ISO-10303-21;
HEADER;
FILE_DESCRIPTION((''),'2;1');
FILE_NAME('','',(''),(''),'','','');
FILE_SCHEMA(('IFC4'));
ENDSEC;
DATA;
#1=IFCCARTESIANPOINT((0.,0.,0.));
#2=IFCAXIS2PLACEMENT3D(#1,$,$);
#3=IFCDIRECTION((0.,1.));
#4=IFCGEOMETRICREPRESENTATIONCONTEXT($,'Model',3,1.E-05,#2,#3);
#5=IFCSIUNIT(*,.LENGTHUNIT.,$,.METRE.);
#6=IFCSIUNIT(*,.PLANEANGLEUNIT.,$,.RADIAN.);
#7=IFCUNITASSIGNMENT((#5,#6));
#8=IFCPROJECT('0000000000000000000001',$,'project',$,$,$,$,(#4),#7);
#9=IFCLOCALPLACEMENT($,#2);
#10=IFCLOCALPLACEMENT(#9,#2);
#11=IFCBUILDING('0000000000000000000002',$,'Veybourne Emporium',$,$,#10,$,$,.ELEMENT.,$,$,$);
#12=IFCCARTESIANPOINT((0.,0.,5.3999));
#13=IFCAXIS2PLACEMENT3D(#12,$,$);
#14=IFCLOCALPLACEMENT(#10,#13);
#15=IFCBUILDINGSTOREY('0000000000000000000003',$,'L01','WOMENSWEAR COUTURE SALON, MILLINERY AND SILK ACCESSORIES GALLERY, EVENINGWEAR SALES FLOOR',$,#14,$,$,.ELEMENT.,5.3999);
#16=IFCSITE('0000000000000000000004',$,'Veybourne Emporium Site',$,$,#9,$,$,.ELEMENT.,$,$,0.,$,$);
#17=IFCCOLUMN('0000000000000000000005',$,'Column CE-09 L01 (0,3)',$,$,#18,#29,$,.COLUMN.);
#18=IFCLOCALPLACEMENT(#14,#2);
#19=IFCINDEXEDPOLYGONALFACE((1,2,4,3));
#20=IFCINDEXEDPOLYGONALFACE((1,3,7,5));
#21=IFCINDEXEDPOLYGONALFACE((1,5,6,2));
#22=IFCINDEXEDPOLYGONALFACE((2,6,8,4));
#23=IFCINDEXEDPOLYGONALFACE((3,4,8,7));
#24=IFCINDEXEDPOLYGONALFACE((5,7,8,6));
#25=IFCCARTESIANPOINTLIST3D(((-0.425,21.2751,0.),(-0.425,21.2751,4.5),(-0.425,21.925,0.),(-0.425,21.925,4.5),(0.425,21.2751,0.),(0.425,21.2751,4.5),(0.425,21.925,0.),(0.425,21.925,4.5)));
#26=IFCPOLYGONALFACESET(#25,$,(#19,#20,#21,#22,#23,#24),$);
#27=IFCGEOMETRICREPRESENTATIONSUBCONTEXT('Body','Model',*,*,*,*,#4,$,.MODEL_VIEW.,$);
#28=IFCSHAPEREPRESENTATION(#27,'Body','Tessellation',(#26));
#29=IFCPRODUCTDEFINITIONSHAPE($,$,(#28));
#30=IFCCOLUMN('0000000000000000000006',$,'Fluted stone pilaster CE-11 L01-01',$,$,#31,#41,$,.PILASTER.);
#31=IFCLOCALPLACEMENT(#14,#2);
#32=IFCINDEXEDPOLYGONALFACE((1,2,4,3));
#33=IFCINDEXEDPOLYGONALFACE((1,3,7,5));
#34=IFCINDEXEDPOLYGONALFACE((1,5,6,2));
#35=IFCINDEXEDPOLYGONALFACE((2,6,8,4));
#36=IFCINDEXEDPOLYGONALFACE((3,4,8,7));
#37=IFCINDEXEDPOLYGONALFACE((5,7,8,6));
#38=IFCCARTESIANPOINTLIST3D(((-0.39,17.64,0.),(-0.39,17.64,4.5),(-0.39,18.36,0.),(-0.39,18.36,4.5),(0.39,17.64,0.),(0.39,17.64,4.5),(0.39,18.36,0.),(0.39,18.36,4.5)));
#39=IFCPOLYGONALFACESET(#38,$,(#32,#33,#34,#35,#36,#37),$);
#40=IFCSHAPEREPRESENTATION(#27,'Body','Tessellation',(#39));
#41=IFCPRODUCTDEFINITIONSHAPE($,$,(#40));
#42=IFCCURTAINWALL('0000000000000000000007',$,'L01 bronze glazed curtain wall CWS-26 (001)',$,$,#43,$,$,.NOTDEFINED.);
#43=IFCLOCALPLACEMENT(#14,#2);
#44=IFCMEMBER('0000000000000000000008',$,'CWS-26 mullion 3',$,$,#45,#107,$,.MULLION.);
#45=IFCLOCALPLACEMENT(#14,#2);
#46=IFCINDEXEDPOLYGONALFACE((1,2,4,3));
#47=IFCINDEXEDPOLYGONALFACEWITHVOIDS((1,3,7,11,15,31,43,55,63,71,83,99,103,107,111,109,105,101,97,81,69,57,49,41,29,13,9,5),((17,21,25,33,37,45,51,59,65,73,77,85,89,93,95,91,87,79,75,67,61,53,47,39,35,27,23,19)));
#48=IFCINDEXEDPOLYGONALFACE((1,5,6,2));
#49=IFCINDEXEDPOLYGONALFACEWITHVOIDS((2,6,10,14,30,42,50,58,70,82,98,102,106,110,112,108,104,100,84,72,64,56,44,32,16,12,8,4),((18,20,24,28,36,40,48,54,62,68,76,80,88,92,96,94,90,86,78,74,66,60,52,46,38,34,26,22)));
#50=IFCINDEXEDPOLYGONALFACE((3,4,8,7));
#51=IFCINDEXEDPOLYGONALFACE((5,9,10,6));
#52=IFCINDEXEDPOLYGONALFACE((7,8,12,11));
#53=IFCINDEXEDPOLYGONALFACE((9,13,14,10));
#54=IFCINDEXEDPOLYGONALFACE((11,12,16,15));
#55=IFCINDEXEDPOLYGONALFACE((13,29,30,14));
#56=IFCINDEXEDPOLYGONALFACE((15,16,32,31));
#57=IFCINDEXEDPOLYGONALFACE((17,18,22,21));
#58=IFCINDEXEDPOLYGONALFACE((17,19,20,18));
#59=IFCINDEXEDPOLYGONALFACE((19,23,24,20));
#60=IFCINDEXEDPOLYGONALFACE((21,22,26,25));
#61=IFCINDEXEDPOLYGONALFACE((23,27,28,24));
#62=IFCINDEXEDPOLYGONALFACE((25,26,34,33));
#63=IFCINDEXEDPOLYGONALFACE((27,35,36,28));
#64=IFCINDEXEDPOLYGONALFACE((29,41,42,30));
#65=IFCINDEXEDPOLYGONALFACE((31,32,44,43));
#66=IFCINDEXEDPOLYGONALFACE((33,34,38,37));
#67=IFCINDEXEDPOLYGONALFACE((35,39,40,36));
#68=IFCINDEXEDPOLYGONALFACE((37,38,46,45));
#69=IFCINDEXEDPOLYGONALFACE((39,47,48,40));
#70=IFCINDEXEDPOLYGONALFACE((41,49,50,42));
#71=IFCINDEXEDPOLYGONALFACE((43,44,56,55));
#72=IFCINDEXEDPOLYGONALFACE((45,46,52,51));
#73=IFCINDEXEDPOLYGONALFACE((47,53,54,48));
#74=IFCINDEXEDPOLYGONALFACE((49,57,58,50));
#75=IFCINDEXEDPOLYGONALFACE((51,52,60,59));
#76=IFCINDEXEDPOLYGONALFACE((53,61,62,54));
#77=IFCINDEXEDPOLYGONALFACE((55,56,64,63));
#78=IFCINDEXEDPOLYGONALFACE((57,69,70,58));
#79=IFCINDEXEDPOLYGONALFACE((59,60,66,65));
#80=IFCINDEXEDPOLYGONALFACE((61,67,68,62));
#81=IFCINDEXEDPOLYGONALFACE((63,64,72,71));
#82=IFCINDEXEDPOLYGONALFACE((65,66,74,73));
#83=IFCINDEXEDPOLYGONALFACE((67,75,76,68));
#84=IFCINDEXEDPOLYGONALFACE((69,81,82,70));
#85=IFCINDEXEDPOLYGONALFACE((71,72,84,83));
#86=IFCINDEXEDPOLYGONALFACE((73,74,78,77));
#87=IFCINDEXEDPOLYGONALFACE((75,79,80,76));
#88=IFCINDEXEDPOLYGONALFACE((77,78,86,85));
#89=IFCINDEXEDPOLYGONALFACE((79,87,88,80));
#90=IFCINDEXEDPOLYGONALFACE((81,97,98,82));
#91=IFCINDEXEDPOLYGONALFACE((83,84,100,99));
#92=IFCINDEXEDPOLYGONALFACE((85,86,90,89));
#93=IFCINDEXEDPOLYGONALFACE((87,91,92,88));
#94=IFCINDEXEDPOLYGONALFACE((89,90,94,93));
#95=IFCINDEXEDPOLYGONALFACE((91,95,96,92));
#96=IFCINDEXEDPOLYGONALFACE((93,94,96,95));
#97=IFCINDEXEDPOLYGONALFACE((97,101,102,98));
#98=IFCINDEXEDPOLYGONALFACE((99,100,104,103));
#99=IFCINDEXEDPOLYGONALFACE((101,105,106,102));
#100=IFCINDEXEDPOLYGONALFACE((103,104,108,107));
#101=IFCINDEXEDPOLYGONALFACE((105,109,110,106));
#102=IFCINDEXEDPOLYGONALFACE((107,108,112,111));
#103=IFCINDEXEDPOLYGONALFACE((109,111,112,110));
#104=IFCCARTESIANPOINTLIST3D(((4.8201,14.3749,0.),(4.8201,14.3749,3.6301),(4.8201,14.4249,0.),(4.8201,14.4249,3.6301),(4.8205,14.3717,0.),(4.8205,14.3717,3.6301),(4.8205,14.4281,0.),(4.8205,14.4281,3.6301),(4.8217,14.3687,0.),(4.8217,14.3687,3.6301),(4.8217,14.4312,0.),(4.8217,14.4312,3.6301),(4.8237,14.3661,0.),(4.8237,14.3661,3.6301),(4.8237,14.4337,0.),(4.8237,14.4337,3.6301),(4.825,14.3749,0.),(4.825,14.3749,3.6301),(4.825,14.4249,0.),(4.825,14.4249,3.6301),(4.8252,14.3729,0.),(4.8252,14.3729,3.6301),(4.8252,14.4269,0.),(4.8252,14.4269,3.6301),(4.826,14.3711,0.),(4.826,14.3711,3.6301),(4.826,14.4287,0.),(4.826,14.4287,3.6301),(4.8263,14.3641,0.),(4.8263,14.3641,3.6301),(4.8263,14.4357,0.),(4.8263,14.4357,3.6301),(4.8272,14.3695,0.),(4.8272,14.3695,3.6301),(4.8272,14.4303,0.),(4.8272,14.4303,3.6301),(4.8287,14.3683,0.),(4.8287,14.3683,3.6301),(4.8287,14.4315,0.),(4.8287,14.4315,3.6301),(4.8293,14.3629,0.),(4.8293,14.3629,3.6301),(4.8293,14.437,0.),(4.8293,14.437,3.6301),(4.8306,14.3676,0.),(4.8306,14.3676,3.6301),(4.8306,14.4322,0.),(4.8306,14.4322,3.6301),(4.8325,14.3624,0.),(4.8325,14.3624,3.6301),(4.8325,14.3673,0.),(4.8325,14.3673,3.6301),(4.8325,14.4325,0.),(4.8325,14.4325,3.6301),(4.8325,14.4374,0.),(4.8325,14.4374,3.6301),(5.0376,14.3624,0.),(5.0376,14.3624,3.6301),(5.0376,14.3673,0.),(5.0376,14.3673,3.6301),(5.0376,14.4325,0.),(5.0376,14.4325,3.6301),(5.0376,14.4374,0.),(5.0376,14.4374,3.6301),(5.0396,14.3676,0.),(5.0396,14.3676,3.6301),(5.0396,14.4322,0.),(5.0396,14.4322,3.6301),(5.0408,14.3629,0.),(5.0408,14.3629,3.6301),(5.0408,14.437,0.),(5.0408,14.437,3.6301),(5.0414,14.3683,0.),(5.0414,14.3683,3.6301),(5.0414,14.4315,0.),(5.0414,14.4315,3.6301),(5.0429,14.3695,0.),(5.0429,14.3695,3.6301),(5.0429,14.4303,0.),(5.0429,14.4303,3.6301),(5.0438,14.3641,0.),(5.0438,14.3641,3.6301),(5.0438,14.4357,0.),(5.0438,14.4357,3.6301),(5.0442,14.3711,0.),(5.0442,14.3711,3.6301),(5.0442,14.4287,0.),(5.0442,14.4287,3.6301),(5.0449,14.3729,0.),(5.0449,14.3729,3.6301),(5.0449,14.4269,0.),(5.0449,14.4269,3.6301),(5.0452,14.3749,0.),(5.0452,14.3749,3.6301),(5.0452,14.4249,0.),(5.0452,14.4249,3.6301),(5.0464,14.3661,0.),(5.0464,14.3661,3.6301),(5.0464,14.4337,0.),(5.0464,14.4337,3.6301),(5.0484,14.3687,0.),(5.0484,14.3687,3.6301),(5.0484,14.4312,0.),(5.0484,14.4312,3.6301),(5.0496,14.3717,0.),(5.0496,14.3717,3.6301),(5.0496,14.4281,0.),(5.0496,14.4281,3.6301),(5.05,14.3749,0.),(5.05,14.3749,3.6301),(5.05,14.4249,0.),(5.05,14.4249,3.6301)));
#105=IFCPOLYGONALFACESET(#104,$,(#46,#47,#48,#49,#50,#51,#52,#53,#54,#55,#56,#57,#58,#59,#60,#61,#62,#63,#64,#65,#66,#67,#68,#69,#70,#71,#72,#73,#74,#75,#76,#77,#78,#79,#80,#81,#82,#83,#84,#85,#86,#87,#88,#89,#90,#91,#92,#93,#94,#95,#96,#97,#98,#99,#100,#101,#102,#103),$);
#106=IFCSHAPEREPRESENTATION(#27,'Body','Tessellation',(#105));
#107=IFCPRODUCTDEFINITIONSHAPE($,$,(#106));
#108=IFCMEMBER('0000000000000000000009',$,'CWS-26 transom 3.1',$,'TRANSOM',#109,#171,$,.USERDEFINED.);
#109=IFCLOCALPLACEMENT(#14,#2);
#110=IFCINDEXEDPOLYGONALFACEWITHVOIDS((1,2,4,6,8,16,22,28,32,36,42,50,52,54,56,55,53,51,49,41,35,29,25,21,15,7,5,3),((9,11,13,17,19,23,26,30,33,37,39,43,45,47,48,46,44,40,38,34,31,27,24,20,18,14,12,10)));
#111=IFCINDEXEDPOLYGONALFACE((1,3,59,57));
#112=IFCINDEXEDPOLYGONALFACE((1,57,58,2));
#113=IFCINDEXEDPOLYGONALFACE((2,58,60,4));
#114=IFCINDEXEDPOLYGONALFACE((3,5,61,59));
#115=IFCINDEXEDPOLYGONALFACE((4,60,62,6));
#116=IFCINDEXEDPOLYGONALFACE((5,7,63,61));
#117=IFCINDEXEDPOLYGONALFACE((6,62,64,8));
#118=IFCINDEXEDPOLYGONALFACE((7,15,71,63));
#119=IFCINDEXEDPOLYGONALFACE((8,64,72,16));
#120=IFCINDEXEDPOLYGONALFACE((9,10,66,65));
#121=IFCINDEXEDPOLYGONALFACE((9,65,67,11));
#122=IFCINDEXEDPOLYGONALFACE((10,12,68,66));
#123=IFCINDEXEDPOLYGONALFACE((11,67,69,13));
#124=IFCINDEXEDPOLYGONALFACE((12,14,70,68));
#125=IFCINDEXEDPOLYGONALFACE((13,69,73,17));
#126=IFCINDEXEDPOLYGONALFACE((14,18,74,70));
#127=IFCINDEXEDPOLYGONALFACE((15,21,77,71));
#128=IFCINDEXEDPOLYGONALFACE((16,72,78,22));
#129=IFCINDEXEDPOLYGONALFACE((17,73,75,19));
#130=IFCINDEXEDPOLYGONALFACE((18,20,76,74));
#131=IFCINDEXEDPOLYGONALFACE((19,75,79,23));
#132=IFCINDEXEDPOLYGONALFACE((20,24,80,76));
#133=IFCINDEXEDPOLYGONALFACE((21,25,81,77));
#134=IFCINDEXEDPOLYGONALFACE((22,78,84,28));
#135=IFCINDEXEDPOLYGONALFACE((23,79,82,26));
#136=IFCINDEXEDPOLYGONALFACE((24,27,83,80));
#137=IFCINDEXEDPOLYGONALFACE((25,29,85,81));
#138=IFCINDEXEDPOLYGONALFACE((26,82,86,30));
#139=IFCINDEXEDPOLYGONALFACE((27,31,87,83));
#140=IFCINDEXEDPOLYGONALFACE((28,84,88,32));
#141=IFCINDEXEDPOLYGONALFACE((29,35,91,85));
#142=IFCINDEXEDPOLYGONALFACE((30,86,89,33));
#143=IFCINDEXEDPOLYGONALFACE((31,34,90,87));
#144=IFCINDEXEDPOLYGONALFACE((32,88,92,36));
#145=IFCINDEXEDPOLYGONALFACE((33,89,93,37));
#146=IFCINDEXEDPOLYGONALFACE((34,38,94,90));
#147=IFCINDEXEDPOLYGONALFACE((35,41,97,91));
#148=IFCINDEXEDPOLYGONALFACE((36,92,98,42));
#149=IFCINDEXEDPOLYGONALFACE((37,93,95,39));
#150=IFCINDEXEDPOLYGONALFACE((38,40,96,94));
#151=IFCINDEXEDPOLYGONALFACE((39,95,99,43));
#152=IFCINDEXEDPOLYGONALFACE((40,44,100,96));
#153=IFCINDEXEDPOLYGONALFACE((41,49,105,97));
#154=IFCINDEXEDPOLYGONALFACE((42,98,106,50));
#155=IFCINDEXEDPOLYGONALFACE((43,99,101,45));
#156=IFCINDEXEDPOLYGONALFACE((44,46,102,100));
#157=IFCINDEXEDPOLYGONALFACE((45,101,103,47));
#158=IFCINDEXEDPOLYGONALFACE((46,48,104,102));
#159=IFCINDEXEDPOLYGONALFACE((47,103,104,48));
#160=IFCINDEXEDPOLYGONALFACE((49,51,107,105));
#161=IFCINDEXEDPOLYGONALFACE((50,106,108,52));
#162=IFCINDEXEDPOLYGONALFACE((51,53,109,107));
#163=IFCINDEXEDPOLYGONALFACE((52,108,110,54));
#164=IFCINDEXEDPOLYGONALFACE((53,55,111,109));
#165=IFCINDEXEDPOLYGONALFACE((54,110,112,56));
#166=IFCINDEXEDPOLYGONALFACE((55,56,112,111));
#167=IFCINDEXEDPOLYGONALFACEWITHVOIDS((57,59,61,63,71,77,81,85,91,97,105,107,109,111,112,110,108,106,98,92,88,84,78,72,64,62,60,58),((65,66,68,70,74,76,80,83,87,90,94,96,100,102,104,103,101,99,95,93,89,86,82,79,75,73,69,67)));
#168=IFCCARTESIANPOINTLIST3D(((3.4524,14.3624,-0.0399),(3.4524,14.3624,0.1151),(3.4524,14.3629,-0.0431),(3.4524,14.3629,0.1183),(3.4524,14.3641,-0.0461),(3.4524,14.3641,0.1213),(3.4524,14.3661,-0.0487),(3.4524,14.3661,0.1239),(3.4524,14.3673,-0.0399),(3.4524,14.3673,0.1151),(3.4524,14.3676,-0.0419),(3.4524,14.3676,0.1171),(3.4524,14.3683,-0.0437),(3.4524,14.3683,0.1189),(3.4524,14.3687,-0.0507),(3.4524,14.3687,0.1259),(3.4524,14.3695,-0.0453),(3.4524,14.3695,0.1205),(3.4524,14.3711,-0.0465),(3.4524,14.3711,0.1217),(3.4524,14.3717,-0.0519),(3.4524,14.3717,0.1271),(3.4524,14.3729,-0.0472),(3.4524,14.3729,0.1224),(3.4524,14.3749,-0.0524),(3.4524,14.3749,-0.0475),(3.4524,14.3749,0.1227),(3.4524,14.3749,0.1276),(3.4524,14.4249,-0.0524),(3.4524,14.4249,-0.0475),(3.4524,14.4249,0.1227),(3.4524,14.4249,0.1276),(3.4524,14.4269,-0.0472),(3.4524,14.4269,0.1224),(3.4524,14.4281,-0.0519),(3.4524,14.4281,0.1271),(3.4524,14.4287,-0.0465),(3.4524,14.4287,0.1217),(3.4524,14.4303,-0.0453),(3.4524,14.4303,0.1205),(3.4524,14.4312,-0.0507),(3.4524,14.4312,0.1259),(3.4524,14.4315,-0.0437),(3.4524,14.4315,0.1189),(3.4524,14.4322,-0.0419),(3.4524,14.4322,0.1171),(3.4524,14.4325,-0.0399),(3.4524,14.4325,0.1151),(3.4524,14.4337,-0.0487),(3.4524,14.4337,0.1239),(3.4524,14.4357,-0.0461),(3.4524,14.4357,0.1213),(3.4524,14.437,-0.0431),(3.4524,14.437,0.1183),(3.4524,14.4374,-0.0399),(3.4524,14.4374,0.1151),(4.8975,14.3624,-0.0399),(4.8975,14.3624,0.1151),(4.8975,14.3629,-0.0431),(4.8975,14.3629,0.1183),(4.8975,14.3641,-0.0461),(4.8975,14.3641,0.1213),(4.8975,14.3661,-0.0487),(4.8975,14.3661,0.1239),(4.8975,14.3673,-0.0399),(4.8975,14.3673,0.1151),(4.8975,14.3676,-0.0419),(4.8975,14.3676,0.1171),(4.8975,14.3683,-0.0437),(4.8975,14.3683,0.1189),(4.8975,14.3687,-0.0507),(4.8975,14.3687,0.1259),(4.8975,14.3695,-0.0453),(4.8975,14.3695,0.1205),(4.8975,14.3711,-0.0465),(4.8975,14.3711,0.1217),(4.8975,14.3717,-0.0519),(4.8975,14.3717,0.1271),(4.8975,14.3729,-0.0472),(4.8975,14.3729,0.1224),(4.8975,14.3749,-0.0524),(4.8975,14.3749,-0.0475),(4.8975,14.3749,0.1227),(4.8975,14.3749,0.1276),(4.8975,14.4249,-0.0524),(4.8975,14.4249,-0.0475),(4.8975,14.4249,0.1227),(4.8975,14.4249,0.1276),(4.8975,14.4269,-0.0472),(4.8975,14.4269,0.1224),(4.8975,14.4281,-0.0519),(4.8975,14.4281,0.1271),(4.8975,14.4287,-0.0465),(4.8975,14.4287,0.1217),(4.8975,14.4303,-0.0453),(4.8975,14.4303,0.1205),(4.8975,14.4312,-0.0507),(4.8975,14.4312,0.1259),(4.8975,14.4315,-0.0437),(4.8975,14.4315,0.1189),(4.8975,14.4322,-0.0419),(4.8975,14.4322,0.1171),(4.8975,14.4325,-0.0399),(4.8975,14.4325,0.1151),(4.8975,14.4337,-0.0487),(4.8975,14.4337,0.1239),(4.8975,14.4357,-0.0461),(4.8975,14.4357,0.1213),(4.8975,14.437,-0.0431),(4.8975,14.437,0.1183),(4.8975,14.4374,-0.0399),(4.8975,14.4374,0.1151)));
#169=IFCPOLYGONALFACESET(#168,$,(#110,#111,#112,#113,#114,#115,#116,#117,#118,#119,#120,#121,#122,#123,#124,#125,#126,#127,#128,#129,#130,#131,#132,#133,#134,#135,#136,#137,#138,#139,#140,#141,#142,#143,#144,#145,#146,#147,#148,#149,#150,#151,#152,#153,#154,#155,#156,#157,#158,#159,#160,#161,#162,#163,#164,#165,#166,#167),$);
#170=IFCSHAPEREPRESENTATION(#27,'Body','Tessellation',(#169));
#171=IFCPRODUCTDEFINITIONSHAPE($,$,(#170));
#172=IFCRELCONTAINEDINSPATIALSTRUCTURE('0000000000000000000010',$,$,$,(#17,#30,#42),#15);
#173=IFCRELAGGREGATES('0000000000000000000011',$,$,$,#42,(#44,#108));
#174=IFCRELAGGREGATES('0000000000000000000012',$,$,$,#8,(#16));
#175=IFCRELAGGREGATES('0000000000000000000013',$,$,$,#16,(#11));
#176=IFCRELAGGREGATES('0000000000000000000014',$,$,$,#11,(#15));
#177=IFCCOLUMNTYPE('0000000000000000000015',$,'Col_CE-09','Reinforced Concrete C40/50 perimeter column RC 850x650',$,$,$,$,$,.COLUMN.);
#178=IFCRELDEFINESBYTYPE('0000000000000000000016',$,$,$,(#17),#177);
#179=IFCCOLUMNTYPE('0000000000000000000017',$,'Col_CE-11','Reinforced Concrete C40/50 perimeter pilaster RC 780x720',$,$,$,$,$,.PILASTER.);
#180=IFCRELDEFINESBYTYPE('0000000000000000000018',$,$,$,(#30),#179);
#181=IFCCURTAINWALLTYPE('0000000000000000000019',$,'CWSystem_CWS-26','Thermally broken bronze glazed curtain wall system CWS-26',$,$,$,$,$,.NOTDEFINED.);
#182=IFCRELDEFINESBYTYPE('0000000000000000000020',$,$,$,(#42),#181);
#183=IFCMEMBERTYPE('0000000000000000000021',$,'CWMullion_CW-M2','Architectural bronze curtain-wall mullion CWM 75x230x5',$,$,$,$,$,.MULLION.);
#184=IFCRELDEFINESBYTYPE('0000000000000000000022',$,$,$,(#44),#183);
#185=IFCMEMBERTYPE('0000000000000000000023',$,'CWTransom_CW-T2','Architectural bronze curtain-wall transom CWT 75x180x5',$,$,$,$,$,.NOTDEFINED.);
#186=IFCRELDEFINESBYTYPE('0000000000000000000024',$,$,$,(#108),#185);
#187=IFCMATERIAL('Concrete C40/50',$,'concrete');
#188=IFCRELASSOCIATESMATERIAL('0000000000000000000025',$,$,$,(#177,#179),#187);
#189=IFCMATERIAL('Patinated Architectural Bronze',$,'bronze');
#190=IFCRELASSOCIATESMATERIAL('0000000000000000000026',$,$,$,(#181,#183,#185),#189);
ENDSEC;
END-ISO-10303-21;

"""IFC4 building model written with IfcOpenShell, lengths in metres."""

from ifc_helpers import new_model, si_unit, direction, frame, origin, origin_2d, place, context, subcontext, project, spatial, rectangle, hollow_rectangle, extrude, material, material_profile, profile_set, type_object, element, aggregate, save


model = new_model("IFC4")

# Units and contexts
model_context = context("Model", 3, precision=1e-05, world=origin(), true_north=direction((0.0, 1.0)))
body_context = subcontext(model_context, "Body", "Model", "MODEL_VIEW")
ifc_project = project(units=[si_unit("LENGTHUNIT", "METRE"), si_unit("PLANEANGLEUNIT", "RADIAN")], contexts=[model_context])

# Site, building, storey
site_placement = place(None, origin())
site = spatial("IfcSite", under=ifc_project, at=site_placement, Name="Veybourne Emporium Site", CompositionType="ELEMENT", RefElevation=0.0)
building_placement = place(site_placement, origin())
building = spatial("IfcBuilding", under=site, at=building_placement, Name="Veybourne Emporium", CompositionType="ELEMENT")
storey_placement = place(building_placement, frame((0.0, 0.0, 5.3999)))
storey = spatial("IfcBuildingStorey", under=building, at=storey_placement, Name="L01", Description="WOMENSWEAR COUTURE SALON, MILLINERY AND SILK ACCESSORIES GALLERY, EVENINGWEAR SALES FLOOR", CompositionType="ELEMENT", Elevation=5.3999)

# Columns
ifc_material_1 = material(Name="Concrete C40/50", Category="concrete")
ifc_material_profile_1 = material_profile(ifc_material_1, rectangle(XDim=0.8501, YDim=0.6499, at=origin_2d()), Name="RC 850x650")
ifc_profile_set_1 = profile_set([ifc_material_profile_1], Name="Concrete C40/50")
column_type_1 = type_object("IfcColumnType", Name="Col_CE-09", Description="Reinforced Concrete C40/50 perimeter column RC 850x650", PredefinedType="COLUMN", material=ifc_profile_set_1)
column_1_placement = place(storey_placement, frame((0.0, 21.6001, 0.0), z_axis=(0.0, 0.0, 1.0), x_axis=(1.0, 0.0, 0.0)))
element("IfcColumn", 1, at=column_1_placement, inside=storey, type_object=column_type_1, Name="Column CE-09 L01 (0,3)", PredefinedType="COLUMN", context=body_context, shape_type="SweptSolid", body=[
    extrude(rectangle(XDim=0.8501, YDim=0.6499, at=origin_2d()), origin(), (0.0, 0.0, 1.0), 4.5),
])
ifc_material_profile_2 = material_profile(ifc_material_1, rectangle(XDim=0.78, YDim=0.72, at=origin_2d()), Name="RC 780x720")
ifc_profile_set_2 = profile_set([ifc_material_profile_2], Name="Concrete C40/50")
column_type_2 = type_object("IfcColumnType", Name="Col_CE-11", Description="Reinforced Concrete C40/50 perimeter pilaster RC 780x720", PredefinedType="PILASTER", material=ifc_profile_set_2)
column_2_placement = place(storey_placement, frame((0.0, 18.0, 0.0), z_axis=(0.0, 0.0, 1.0), x_axis=(1.0, 0.0, 0.0)))
element("IfcColumn", 2, at=column_2_placement, inside=storey, type_object=column_type_2, Name="Fluted stone pilaster CE-11 L01-01", PredefinedType="PILASTER", context=body_context, shape_type="SweptSolid", body=[
    extrude(rectangle(XDim=0.78, YDim=0.72, at=origin_2d()), origin(), (0.0, 0.0, 1.0), 4.5),
])

# Curtain wall, members
ifc_material_2 = material(Name="Patinated Architectural Bronze", Category="bronze")
curtain_wall_type = type_object("IfcCurtainWallType", Name="CWSystem_CWS-26", Description="Thermally broken bronze glazed curtain wall system CWS-26", PredefinedType="NOTDEFINED", material=ifc_material_2)
curtain_wall_placement = place(storey_placement, origin())
curtain_wall = element("IfcCurtainWall", 3, at=curtain_wall_placement, inside=storey, type_object=curtain_wall_type, Name="L01 bronze glazed curtain wall CWS-26 (001)", PredefinedType="NOTDEFINED")
ifc_material_profile_3 = material_profile(ifc_material_2, hollow_rectangle(XDim=0.075, YDim=0.23, WallThickness=0.0049, InnerFilletRadius=0.0076, OuterFilletRadius=0.0125, at=origin_2d()), Name="CWM 75x230x5")
ifc_profile_set_3 = profile_set([ifc_material_profile_3], Name="Patinated Architectural Bronze")
member_type_1 = type_object("IfcMemberType", Name="CWMullion_CW-M2", Description="Architectural bronze curtain-wall mullion CWM 75x230x5", PredefinedType="MULLION", material=ifc_profile_set_3)
member_1_placement = place(storey_placement, frame((4.9351, 14.3999, 0.0), z_axis=(0.0, 0.0, 1.0), x_axis=(0.0, -1.0, 0.0)))
member_1 = element("IfcMember", 4, at=member_1_placement, type_object=member_type_1, Name="CWS-26 mullion 3", PredefinedType="MULLION", context=body_context, shape_type="SweptSolid", body=[
    extrude(hollow_rectangle(XDim=0.075, YDim=0.23, WallThickness=0.0049, InnerFilletRadius=0.0076, OuterFilletRadius=0.0125, at=origin_2d()), origin(), (0.0, 0.0, 1.0), 3.6301),
])
ifc_material_profile_4 = material_profile(ifc_material_2, hollow_rectangle(XDim=0.075, YDim=0.1799, WallThickness=0.0049, InnerFilletRadius=0.0076, OuterFilletRadius=0.0125, at=origin_2d()), Name="CWT 75x180x5")
ifc_profile_set_4 = profile_set([ifc_material_profile_4], Name="Patinated Architectural Bronze")
member_type_2 = type_object("IfcMemberType", Name="CWTransom_CW-T2", Description="Architectural bronze curtain-wall transom CWT 75x180x5", PredefinedType="NOTDEFINED", material=ifc_profile_set_4)
member_2_placement = place(storey_placement, frame((4.8975, 14.3999, 0.0376), z_axis=(-1.0, 0.0, 0.0), x_axis=(0.0, -1.0, 0.0)))
member_2 = element("IfcMember", 5, at=member_2_placement, type_object=member_type_2, Name="CWS-26 transom 3.1", ObjectType="TRANSOM", PredefinedType="USERDEFINED", context=body_context, shape_type="SweptSolid", body=[
    extrude(hollow_rectangle(XDim=0.075, YDim=0.1799, WallThickness=0.0049, InnerFilletRadius=0.0076, OuterFilletRadius=0.0125, at=origin_2d()), origin(), (0.0, 0.0, 1.0), 1.4451),
])

aggregate(curtain_wall, [member_1, member_2])

save(model, "model.ifc")
